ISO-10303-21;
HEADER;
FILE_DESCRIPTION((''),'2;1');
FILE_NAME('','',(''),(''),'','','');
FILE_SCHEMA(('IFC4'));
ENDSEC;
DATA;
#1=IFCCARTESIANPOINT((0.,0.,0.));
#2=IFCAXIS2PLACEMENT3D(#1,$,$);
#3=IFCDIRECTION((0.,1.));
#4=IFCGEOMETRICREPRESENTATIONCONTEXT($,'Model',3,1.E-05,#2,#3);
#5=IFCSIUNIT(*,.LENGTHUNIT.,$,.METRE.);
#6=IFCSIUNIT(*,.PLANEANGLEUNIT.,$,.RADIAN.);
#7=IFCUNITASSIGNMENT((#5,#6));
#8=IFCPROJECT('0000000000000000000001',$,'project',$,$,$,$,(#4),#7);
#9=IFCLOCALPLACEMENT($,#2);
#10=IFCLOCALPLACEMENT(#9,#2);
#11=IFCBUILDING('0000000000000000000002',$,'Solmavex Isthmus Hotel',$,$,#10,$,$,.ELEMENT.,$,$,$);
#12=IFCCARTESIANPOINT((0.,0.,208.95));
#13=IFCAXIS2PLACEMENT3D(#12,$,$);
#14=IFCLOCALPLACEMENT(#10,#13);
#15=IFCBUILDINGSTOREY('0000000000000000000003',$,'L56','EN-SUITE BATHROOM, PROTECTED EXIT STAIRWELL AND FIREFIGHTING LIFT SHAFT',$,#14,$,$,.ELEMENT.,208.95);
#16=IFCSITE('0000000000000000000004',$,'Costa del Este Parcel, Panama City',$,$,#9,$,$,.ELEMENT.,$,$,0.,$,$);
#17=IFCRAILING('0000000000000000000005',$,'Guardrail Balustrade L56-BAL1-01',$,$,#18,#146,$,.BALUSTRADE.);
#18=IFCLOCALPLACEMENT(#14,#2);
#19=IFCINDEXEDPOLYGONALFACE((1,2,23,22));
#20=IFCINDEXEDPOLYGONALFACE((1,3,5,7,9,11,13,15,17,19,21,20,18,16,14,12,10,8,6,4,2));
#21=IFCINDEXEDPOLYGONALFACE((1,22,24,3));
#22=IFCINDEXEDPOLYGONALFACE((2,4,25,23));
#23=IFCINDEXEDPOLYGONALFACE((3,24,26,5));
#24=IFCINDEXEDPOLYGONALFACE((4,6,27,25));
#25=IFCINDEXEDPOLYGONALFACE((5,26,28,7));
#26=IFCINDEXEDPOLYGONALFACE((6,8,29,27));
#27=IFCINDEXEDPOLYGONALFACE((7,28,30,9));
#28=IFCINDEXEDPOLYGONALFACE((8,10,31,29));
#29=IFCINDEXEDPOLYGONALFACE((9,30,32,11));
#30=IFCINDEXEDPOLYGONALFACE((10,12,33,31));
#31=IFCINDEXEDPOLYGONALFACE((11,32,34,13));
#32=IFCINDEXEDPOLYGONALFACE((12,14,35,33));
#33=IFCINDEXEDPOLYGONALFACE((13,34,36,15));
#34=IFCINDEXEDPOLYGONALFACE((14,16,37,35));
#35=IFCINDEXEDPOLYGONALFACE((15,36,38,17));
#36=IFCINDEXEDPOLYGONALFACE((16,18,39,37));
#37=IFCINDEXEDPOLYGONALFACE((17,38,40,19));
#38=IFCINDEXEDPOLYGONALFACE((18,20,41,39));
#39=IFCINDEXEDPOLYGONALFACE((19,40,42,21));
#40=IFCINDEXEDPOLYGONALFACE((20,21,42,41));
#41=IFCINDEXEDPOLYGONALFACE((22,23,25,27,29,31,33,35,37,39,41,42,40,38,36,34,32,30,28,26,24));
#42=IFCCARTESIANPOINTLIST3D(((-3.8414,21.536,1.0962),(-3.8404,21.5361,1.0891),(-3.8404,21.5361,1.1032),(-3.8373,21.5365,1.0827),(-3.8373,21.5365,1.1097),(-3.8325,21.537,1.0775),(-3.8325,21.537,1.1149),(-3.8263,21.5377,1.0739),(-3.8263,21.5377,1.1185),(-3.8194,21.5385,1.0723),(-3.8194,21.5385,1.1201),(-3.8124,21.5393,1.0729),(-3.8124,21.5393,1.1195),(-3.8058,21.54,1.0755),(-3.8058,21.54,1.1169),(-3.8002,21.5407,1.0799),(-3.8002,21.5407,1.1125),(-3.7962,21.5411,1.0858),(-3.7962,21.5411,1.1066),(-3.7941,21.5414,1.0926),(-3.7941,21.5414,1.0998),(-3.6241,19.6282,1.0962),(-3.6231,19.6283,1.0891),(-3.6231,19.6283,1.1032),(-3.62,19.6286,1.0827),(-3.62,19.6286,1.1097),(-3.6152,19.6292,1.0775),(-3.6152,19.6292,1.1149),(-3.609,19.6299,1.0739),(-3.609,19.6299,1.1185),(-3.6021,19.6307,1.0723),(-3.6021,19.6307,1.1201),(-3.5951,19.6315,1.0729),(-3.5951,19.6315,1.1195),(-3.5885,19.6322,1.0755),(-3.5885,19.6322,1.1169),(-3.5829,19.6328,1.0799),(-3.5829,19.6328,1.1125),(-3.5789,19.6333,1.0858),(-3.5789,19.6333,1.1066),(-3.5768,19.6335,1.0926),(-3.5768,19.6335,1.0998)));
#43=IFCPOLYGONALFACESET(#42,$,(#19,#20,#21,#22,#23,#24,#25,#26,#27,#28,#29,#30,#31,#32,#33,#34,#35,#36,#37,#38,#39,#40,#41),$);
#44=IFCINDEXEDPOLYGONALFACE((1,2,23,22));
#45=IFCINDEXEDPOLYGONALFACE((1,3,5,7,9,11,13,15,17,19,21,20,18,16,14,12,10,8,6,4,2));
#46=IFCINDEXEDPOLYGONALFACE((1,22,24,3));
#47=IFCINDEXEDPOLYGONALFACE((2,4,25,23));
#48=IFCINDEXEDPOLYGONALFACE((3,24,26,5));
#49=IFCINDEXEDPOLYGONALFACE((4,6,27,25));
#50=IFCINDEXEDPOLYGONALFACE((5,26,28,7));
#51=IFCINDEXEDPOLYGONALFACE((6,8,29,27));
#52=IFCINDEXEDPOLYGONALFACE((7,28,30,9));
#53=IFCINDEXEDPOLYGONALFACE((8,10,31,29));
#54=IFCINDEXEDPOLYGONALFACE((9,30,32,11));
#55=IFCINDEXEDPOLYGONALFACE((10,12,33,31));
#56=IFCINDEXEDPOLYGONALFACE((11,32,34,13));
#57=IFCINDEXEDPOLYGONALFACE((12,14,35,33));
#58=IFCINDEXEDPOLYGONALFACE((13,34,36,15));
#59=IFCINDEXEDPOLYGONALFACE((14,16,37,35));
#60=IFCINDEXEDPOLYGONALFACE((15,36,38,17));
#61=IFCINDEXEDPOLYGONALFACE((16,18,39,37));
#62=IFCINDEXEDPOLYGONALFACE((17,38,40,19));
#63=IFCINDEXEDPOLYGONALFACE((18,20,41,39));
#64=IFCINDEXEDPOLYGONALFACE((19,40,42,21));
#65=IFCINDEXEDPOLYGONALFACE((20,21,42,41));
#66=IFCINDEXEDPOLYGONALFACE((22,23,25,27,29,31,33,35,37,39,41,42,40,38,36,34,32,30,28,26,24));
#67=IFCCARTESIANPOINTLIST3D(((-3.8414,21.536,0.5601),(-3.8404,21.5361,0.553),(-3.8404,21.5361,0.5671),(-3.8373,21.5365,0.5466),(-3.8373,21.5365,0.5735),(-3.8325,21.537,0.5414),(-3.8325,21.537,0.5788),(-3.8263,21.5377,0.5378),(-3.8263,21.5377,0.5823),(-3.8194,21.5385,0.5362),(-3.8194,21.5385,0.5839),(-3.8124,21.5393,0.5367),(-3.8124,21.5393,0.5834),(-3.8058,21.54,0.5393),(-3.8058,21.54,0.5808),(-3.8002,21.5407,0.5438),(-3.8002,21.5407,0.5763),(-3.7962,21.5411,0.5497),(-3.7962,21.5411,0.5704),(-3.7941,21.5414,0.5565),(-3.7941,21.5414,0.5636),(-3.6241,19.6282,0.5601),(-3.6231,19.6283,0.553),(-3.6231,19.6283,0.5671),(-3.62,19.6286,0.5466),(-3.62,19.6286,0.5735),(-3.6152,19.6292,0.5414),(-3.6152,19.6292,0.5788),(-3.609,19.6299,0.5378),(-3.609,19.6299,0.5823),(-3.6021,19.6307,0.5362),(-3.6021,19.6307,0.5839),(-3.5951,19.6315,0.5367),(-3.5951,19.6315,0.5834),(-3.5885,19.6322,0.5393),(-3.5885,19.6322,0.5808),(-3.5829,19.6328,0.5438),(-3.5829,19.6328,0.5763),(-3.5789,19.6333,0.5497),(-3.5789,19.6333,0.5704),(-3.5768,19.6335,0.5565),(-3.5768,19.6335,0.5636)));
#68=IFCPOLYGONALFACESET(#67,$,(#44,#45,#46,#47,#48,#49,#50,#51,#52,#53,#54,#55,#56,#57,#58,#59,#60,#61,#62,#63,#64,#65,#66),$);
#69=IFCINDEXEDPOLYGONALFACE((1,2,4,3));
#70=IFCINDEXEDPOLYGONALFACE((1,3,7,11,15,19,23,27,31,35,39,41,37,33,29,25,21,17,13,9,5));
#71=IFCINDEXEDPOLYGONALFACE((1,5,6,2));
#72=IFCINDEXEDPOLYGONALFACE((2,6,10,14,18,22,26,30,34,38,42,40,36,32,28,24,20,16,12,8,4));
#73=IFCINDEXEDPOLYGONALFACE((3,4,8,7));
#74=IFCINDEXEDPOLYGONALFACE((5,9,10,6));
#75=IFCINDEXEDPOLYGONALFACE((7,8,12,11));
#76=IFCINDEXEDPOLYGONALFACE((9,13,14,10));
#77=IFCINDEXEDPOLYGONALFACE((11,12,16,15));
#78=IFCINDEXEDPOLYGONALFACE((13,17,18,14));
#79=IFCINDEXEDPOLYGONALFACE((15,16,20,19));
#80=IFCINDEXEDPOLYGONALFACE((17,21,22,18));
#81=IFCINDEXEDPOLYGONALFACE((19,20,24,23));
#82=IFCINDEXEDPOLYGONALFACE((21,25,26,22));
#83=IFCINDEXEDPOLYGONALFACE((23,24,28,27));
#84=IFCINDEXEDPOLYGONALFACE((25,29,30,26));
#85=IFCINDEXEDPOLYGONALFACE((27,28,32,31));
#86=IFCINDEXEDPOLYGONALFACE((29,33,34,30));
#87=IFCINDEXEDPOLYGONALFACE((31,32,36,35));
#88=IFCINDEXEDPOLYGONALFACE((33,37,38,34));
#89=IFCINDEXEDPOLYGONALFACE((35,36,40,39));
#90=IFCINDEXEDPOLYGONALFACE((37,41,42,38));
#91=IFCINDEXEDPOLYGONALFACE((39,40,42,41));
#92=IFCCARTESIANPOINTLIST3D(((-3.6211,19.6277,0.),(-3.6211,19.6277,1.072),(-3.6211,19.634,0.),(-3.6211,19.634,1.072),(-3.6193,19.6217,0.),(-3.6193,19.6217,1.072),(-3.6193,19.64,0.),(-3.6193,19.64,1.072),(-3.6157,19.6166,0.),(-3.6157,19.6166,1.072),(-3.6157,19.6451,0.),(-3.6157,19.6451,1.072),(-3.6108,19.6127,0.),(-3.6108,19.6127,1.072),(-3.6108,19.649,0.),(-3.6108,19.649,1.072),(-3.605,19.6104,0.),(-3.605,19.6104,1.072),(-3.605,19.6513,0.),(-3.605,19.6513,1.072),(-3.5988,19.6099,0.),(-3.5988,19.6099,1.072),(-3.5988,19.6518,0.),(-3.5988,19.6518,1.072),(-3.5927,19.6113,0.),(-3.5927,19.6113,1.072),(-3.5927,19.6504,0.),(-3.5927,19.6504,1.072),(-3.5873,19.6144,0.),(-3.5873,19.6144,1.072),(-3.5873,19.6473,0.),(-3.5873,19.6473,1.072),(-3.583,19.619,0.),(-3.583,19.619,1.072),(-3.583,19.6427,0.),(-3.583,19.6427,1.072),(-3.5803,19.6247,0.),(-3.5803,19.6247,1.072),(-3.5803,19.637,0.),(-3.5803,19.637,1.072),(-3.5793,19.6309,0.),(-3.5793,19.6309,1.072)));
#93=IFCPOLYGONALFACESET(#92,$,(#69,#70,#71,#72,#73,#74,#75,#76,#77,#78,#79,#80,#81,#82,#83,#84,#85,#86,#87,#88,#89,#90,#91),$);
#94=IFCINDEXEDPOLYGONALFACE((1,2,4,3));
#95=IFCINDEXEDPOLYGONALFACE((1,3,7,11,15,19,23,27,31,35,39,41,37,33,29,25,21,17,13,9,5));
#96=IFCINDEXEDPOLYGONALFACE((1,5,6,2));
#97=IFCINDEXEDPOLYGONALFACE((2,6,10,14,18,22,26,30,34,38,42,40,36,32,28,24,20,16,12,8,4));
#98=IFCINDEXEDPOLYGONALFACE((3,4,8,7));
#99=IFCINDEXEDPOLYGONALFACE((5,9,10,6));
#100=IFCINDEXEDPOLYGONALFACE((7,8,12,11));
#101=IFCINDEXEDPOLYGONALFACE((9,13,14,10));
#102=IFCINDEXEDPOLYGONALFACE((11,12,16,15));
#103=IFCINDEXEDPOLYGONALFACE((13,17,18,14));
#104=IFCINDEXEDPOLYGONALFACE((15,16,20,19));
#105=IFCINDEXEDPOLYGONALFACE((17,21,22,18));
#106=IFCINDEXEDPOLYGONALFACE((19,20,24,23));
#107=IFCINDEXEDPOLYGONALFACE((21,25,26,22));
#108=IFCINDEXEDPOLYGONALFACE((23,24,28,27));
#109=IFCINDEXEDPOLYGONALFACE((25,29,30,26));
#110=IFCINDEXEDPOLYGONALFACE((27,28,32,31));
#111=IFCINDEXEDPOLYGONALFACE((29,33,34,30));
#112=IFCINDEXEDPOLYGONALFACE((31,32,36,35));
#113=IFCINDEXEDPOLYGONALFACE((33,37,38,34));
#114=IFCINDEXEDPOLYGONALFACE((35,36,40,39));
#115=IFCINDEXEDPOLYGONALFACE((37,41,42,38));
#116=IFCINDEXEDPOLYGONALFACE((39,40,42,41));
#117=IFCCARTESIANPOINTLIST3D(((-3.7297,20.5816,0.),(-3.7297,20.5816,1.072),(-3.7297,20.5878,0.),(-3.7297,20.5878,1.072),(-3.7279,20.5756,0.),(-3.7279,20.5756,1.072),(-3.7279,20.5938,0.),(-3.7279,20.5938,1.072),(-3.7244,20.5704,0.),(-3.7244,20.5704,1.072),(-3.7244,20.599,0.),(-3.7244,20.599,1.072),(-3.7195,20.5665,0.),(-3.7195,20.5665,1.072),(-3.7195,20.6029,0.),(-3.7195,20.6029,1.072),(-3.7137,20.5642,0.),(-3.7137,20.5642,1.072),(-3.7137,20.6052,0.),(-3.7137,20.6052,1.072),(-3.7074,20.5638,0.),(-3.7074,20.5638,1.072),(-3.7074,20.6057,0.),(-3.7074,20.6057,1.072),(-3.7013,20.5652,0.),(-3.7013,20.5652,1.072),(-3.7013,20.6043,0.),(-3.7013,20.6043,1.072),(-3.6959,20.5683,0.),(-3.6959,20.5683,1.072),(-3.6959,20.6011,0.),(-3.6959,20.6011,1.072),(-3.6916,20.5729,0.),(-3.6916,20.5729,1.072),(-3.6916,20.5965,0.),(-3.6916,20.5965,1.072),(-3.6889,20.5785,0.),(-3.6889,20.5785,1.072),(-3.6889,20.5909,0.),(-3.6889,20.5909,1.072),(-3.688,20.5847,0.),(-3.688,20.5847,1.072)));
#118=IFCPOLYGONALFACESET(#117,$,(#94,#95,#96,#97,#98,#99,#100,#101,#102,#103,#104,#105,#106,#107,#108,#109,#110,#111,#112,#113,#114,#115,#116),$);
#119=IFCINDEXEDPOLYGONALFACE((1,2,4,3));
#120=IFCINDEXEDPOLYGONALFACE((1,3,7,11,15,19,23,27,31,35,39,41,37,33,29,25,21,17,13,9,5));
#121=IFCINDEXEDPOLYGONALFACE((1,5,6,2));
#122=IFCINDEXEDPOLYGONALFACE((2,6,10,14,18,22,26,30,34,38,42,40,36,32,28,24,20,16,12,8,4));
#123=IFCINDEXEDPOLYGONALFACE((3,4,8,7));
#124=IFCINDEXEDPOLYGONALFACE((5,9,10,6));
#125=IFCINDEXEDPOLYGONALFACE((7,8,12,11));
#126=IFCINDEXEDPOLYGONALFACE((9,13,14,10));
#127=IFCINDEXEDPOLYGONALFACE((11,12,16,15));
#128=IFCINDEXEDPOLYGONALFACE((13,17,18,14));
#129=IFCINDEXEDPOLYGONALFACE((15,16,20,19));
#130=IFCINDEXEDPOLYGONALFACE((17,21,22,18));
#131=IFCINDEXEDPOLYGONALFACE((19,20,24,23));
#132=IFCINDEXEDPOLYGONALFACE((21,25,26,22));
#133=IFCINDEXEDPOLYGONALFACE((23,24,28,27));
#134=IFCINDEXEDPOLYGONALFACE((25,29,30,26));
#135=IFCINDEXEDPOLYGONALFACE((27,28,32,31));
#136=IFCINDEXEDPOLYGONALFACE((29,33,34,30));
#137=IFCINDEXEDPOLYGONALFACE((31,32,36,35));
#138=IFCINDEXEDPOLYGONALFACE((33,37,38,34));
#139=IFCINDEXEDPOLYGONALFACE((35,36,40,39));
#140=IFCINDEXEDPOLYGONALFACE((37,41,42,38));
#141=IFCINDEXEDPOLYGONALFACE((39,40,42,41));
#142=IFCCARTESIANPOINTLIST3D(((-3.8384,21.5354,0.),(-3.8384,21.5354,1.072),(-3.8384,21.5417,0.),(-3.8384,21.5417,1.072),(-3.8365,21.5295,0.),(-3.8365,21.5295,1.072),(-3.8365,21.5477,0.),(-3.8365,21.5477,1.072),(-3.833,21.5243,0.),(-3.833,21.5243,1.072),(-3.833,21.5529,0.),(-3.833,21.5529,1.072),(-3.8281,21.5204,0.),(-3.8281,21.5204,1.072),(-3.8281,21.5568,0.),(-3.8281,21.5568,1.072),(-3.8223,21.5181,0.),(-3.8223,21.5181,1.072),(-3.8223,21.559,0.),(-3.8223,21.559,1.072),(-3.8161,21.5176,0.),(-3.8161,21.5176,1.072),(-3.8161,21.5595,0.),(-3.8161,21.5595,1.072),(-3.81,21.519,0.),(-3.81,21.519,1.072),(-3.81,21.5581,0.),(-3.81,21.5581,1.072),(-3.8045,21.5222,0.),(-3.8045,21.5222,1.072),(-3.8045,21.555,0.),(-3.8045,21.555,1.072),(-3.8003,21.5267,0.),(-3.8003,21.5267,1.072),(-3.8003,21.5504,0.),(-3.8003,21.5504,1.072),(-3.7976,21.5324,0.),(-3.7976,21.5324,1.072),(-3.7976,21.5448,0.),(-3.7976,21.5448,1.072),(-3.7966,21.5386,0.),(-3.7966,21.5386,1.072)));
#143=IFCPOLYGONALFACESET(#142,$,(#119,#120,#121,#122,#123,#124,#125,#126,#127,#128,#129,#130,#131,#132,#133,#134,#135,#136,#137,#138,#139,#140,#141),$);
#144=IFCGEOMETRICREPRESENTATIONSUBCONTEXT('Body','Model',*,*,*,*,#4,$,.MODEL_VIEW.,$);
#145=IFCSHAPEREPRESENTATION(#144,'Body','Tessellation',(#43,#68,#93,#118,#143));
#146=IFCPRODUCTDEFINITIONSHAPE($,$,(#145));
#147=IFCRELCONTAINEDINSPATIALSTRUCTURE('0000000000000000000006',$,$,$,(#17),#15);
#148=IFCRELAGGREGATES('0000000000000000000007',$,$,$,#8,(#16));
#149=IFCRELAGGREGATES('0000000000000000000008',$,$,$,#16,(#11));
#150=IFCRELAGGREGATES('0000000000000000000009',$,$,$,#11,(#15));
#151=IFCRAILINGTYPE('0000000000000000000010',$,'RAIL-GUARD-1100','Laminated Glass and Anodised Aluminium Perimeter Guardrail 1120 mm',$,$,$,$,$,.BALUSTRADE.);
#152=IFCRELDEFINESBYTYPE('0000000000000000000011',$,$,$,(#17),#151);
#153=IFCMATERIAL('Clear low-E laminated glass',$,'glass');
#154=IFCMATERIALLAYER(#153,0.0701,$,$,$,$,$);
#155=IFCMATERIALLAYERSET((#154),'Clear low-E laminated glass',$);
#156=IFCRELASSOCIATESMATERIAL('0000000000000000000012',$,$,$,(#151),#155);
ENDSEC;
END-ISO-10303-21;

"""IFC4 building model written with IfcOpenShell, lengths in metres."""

from ifc_helpers import new_model, si_unit, direction, frame, origin, origin_2d, place, context, subcontext, project, spatial, circle, extrude, material, layer, layer_set, type_object, element, save


model = new_model("IFC4")

# Units and contexts
model_context = context("Model", 3, precision=1e-05, world=origin(), true_north=direction((0.0, 1.0)))
body_context = subcontext(model_context, "Body", "Model", "MODEL_VIEW")
ifc_project = project(units=[si_unit("LENGTHUNIT", "METRE"), si_unit("PLANEANGLEUNIT", "RADIAN")], contexts=[model_context])

# Site, building, storey
site_placement = place(None, origin())
site = spatial("IfcSite", under=ifc_project, at=site_placement, Name="Costa del Este Parcel, Panama City", CompositionType="ELEMENT", RefElevation=0.0)
building_placement = place(site_placement, origin())
building = spatial("IfcBuilding", under=site, at=building_placement, Name="Solmavex Isthmus Hotel", CompositionType="ELEMENT")
storey_placement = place(building_placement, frame((0.0, 0.0, 208.95)))
storey = spatial("IfcBuildingStorey", under=building, at=storey_placement, Name="L56", Description="EN-SUITE BATHROOM, PROTECTED EXIT STAIRWELL AND FIREFIGHTING LIFT SHAFT", CompositionType="ELEMENT", Elevation=208.95)

# Shared definitions
ifc_material_1 = material(Name="Clear low-E laminated glass", Category="glass")

# Railing
ifc_layer_1 = layer(ifc_material_1, 0.0701)
ifc_layer_set_1 = layer_set([ifc_layer_1], Name="Clear low-E laminated glass")
railing_type = type_object("IfcRailingType", Name="RAIL-GUARD-1100", Description="Laminated Glass and Anodised Aluminium Perimeter Guardrail 1120 mm", PredefinedType="BALUSTRADE", material=ifc_layer_set_1)
railing_1_placement = place(storey_placement, frame((-3.6003, 19.6309, 0.0)))
element("IfcRailing", 1, at=railing_1_placement, inside=storey, type_object=railing_type, Name="Guardrail Balustrade L56-BAL1-01", PredefinedType="BALUSTRADE", context=body_context, shape_type="SweptSolid", body=[
    extrude(circle(Radius=0.0239, at=origin_2d()), frame((0.0, 0.0, 1.0962), z_axis=(-0.113166, 0.993576, 0.0), x_axis=(-0.993576, -0.113166, 0.0)), (0.0, 0.0, 1.0), 1.9202),
    extrude(circle(Radius=0.0239, at=origin_2d()), frame((0.0, 0.0, 0.5601), z_axis=(-0.113166, 0.993576, 0.0), x_axis=(-0.993576, -0.113166, 0.0)), (0.0, 0.0, 1.0), 1.9202),
    extrude(circle(Radius=0.021, at=origin_2d()), origin(), (0.0, 0.0, 1.0), 1.072),
    extrude(circle(Radius=0.021, at=origin_2d()), frame((-0.1086, 0.9539, 0.0)), (0.0, 0.0, 1.0), 1.072),
    extrude(circle(Radius=0.021, at=origin_2d()), frame((-0.2173, 1.9077, 0.0)), (0.0, 0.0, 1.0), 1.072),
])

save(model, "model.ifc")
